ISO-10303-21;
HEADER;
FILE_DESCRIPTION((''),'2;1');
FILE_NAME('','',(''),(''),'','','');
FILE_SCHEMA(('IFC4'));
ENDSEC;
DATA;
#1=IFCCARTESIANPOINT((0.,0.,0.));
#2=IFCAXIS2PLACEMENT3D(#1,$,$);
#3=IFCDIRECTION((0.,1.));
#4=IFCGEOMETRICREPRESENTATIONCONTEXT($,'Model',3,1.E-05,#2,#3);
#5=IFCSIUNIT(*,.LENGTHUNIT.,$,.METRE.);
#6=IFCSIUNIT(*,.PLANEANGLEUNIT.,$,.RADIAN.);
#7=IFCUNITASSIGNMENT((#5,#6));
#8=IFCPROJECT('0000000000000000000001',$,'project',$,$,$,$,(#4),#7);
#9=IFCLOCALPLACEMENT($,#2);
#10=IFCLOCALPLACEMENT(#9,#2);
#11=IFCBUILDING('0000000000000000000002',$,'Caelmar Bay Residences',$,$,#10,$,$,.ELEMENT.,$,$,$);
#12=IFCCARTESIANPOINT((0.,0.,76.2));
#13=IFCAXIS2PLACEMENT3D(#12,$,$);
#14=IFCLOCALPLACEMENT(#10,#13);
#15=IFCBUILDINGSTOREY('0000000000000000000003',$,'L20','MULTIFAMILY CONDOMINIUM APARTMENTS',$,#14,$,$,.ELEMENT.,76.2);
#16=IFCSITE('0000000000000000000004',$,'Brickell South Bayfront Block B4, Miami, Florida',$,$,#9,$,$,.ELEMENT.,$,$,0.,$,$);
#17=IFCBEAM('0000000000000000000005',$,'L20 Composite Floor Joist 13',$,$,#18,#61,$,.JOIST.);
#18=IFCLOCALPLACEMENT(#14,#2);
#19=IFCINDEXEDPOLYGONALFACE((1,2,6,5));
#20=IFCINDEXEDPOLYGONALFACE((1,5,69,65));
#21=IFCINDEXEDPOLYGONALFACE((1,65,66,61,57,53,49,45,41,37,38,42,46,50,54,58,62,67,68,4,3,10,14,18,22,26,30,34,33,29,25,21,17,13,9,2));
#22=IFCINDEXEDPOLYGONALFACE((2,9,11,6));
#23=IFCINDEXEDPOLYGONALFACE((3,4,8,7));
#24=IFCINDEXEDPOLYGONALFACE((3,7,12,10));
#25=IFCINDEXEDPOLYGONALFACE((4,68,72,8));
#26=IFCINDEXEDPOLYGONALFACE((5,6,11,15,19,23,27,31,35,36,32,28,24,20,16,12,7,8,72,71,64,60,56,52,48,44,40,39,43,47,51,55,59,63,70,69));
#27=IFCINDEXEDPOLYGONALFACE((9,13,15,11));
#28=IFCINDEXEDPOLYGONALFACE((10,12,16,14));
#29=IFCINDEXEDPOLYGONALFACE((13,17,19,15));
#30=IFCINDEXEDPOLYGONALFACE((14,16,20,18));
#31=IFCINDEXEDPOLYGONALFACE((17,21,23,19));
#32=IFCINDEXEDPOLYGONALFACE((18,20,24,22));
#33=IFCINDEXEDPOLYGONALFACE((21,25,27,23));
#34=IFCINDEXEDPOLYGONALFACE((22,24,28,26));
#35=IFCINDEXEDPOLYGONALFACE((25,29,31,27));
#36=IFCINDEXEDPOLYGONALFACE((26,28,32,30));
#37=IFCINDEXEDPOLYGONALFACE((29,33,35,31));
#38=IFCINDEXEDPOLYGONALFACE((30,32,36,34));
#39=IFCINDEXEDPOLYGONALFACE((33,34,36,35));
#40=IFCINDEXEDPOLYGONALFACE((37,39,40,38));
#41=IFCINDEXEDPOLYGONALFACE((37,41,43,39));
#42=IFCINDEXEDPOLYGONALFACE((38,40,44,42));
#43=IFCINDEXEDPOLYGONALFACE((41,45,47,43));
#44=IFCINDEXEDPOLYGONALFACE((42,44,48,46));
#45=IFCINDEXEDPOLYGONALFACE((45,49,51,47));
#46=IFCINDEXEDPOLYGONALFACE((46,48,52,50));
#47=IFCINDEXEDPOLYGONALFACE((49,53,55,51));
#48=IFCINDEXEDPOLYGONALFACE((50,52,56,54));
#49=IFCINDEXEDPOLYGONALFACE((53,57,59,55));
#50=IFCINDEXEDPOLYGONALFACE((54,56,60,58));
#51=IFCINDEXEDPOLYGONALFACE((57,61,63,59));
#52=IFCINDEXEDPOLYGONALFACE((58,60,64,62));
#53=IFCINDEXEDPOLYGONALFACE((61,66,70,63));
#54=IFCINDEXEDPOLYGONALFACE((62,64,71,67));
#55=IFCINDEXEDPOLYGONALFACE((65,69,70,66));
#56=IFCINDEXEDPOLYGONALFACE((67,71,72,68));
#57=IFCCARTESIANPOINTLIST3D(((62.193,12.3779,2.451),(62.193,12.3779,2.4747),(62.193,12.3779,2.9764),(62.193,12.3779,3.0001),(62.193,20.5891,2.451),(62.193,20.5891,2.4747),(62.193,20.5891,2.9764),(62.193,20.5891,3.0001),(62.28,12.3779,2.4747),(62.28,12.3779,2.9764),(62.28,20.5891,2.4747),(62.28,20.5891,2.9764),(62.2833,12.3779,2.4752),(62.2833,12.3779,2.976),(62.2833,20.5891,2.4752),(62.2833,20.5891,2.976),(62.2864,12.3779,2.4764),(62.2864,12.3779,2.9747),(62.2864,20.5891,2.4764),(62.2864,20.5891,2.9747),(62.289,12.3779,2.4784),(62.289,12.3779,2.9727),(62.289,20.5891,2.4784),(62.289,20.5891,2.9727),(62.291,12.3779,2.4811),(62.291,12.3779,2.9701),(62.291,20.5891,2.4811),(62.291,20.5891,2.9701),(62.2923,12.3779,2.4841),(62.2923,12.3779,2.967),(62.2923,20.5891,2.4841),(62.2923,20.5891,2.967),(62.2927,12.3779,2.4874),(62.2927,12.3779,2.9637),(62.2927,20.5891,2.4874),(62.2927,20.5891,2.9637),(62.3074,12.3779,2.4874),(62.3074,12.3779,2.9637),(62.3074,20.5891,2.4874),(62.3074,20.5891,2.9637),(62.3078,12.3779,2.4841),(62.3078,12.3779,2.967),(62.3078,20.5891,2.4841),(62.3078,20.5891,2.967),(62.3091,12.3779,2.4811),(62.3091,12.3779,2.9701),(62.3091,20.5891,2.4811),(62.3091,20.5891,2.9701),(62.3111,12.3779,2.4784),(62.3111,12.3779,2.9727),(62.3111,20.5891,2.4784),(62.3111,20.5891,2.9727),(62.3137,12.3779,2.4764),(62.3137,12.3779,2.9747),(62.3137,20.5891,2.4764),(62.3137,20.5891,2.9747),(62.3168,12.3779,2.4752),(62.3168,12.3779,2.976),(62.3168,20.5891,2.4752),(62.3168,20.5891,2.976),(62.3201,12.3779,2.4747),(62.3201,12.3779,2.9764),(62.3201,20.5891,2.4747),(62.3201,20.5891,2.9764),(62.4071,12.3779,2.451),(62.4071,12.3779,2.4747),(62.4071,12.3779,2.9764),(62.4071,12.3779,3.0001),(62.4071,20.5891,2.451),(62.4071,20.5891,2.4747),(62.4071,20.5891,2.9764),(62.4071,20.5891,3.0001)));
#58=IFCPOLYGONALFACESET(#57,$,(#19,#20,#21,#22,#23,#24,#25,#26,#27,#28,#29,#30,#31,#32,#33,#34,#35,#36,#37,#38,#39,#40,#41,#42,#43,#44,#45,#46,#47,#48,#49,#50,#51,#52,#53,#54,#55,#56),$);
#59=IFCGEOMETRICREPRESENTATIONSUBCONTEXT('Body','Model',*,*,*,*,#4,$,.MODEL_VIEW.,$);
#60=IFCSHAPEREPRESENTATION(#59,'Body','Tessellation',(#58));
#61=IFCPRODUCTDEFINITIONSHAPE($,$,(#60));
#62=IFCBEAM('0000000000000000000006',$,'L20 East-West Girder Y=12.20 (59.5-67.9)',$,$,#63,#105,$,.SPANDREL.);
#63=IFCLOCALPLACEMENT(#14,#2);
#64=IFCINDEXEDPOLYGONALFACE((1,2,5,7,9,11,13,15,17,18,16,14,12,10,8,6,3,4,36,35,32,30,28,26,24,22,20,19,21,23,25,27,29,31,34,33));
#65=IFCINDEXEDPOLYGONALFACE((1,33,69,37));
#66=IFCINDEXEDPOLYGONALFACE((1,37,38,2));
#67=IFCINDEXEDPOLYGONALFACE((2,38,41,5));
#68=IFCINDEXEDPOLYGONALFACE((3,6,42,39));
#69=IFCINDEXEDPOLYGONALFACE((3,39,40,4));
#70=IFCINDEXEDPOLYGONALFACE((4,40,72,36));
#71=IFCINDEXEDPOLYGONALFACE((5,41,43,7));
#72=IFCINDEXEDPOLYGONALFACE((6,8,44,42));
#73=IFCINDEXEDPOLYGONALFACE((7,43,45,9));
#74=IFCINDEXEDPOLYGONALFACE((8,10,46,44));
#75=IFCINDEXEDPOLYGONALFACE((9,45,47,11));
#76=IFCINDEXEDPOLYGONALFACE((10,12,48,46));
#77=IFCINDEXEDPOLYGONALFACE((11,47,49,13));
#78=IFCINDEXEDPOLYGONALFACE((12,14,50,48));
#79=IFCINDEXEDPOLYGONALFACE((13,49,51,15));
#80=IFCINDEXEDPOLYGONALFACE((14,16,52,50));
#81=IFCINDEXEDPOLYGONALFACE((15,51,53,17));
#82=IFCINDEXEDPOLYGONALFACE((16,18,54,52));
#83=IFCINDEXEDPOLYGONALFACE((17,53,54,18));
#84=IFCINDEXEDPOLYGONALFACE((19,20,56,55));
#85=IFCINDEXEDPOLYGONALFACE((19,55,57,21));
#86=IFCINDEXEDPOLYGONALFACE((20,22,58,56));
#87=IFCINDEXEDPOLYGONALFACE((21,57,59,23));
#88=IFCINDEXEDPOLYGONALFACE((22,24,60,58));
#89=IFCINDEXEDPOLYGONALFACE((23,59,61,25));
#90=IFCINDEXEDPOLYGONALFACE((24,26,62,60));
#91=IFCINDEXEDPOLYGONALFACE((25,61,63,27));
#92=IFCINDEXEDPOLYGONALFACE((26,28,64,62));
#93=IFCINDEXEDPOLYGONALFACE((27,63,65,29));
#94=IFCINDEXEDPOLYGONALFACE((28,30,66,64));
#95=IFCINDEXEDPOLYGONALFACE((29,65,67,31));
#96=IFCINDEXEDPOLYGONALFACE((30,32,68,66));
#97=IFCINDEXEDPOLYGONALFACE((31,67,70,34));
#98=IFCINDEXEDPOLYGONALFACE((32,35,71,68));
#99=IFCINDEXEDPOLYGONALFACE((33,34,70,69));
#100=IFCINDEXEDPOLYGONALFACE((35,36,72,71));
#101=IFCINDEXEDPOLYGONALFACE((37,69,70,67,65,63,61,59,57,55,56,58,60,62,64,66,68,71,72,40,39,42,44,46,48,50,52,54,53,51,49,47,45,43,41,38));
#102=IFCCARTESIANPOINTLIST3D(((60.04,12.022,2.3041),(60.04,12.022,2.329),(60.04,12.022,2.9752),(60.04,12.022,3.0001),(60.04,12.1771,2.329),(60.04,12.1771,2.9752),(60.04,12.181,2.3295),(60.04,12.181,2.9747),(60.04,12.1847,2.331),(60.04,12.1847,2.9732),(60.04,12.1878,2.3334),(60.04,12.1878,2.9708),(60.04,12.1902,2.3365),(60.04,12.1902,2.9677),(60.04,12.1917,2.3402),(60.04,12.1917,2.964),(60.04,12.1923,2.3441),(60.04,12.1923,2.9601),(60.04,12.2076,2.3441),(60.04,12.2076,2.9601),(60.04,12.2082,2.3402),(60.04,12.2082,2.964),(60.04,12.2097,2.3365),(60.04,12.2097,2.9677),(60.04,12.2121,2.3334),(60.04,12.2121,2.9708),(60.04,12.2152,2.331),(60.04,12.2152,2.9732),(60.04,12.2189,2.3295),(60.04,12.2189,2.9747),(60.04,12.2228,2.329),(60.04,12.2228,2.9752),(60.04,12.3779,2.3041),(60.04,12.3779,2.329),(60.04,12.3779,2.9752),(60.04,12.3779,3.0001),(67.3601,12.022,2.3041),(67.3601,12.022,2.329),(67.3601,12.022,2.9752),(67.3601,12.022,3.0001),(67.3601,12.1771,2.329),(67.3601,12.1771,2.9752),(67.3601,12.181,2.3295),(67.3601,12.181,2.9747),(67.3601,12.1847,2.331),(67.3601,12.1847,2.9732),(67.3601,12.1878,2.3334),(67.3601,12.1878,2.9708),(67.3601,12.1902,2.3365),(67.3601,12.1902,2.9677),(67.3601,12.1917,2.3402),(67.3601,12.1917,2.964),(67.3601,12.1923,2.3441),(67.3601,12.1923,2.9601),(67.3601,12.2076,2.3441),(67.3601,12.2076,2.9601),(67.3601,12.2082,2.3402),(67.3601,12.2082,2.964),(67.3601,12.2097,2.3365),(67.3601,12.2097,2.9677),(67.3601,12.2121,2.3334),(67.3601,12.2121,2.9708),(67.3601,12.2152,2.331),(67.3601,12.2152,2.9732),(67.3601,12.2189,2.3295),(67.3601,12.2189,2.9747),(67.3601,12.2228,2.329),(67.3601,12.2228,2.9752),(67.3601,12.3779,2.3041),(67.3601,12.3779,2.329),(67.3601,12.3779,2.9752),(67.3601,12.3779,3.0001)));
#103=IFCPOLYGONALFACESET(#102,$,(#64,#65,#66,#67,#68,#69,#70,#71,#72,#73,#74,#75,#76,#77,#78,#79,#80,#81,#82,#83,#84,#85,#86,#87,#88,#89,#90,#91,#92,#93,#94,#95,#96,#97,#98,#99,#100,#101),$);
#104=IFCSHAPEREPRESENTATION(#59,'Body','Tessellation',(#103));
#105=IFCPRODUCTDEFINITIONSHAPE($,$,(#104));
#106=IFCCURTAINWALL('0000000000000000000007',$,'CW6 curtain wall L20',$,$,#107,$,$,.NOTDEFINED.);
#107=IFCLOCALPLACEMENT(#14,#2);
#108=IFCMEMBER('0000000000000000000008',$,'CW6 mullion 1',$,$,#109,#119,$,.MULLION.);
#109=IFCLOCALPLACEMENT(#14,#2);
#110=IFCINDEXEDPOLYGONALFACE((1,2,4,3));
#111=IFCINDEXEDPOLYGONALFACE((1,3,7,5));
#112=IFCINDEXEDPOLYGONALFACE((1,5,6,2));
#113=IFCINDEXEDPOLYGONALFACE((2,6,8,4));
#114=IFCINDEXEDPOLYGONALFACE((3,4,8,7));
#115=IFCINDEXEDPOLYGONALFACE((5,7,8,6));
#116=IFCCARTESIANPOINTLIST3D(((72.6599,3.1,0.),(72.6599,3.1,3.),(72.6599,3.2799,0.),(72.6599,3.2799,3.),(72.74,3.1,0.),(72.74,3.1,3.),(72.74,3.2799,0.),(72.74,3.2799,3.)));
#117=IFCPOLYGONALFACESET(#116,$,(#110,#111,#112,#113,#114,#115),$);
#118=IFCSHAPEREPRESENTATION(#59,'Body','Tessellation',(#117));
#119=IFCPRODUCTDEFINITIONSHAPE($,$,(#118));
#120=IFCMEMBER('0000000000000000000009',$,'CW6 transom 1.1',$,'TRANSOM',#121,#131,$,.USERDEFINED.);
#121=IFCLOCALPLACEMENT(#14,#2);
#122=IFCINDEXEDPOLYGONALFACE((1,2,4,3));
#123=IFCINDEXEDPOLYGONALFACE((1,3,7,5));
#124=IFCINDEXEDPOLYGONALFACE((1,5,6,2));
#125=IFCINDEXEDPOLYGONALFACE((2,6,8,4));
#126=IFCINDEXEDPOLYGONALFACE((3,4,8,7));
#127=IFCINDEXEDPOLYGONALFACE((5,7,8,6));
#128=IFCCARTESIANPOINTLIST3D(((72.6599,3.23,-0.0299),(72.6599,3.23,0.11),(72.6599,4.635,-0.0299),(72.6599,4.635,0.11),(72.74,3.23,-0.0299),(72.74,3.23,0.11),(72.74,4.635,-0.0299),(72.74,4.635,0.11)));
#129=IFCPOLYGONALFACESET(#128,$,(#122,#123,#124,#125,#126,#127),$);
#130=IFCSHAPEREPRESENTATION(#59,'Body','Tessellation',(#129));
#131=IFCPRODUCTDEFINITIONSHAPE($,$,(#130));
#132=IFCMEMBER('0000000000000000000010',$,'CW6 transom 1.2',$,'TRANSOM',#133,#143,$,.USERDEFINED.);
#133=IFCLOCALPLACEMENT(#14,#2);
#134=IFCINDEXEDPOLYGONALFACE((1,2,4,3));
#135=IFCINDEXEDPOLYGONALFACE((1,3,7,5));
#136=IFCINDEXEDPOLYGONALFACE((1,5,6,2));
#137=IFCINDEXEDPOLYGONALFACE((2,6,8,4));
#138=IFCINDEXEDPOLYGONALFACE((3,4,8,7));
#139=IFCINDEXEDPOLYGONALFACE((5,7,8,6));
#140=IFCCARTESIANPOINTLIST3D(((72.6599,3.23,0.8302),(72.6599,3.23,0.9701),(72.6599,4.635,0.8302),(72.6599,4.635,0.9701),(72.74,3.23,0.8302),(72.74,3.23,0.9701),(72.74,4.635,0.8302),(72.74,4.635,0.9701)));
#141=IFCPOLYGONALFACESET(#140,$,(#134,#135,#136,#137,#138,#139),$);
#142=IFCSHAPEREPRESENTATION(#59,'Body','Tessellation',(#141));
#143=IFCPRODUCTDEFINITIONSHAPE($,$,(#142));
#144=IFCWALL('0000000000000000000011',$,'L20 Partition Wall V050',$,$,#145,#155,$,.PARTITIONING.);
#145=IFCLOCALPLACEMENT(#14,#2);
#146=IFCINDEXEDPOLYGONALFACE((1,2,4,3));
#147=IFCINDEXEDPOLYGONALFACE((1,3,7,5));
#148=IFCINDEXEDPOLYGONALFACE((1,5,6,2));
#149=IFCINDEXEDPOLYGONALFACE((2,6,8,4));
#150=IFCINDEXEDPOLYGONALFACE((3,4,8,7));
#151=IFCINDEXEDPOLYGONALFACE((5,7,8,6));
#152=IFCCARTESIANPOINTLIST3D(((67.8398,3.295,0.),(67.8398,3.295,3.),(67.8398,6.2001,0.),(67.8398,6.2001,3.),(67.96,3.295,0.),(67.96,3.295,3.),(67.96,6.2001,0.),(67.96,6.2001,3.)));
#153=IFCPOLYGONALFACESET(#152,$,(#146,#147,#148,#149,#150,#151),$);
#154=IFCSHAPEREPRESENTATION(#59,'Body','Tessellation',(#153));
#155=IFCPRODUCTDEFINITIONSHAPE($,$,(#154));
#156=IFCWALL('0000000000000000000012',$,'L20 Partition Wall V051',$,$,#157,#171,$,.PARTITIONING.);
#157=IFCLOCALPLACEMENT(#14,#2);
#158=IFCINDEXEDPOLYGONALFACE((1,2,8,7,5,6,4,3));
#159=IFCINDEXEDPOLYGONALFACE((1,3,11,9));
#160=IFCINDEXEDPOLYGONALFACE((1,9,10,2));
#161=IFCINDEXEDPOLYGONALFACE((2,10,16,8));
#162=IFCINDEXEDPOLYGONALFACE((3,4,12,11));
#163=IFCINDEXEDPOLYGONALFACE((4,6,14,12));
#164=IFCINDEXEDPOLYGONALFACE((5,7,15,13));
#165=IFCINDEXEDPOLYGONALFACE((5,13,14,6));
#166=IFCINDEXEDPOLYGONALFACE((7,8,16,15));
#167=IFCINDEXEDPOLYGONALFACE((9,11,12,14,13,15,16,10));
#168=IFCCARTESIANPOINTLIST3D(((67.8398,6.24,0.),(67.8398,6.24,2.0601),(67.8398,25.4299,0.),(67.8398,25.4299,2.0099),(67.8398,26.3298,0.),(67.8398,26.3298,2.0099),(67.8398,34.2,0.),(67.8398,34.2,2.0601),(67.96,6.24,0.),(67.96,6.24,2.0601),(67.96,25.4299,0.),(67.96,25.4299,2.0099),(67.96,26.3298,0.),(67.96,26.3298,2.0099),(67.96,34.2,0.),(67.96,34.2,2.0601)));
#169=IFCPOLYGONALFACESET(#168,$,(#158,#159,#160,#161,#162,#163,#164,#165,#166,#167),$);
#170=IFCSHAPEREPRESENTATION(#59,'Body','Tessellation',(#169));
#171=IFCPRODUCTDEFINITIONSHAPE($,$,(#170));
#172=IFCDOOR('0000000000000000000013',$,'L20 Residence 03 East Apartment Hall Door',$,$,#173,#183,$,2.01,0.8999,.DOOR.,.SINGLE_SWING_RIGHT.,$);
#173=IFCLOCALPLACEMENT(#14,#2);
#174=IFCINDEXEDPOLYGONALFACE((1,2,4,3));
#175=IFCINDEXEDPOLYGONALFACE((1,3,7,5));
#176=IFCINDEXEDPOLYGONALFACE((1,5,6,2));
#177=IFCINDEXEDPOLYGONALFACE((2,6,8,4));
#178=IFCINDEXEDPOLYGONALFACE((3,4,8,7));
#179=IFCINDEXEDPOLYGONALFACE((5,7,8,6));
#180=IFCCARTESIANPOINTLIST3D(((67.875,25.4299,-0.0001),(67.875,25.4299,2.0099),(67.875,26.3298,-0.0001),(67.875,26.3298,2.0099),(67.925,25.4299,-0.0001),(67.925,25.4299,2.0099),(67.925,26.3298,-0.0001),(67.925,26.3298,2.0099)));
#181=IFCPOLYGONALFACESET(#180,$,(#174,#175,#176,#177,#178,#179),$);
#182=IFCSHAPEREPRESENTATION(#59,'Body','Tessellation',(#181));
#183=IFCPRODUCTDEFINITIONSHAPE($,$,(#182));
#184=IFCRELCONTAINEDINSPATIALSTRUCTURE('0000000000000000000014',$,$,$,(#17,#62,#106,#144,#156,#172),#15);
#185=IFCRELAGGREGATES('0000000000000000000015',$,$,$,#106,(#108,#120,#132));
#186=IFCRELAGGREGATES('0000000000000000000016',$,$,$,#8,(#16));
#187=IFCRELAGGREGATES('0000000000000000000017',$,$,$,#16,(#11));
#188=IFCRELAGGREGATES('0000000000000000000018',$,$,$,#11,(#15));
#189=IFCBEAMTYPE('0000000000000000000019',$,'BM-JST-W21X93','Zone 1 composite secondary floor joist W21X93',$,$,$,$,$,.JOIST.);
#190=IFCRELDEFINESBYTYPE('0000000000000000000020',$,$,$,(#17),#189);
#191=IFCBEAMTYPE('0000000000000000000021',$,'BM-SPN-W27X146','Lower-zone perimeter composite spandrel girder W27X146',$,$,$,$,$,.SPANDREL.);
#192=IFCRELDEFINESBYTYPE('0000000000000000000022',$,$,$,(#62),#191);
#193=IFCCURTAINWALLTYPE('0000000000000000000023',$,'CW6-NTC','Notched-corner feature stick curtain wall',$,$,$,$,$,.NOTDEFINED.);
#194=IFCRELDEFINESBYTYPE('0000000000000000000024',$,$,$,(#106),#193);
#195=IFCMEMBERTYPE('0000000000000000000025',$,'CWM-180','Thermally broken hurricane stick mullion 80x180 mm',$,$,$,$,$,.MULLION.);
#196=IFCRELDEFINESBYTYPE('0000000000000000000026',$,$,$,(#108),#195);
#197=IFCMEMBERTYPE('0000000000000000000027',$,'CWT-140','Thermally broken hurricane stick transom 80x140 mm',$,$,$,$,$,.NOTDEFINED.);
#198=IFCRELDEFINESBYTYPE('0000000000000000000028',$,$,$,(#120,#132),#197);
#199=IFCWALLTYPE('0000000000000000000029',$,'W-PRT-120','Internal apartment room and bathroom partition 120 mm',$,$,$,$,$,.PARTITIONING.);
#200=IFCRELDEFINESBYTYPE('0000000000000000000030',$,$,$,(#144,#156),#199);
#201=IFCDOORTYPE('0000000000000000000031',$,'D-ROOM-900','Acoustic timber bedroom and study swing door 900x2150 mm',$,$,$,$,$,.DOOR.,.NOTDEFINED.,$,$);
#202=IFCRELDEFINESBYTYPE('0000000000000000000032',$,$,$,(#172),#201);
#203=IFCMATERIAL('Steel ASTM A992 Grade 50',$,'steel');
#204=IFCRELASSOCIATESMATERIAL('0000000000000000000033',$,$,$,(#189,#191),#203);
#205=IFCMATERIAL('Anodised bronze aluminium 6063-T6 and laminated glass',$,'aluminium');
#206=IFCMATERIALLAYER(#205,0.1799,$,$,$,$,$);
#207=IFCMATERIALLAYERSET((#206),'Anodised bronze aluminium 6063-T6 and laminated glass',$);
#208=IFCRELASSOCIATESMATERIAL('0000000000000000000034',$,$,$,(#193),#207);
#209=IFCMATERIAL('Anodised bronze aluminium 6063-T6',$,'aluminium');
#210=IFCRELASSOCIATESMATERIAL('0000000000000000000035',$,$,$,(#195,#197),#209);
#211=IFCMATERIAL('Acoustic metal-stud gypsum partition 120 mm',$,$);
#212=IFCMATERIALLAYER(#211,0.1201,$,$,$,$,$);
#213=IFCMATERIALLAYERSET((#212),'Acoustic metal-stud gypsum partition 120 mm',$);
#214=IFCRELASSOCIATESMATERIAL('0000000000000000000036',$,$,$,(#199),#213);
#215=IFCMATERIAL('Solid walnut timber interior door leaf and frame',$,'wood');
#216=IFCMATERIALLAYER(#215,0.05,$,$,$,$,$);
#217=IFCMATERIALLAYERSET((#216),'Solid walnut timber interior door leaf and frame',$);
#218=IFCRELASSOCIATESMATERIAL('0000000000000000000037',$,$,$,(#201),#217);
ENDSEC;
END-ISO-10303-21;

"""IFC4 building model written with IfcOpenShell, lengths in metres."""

from ifc_helpers import new_model, si_unit, direction, frame, frame_2d, origin, origin_2d, place, context, subcontext, project, spatial, rectangle, i_section, extrude, material, layer, layer_set, material_profile, profile_set, type_object, element, fill, aggregate, save


model = new_model("IFC4")

# Units and contexts
model_context = context("Model", 3, precision=1e-05, world=origin(), true_north=direction((0.0, 1.0)))
body_context = subcontext(model_context, "Body", "Model", "MODEL_VIEW")
ifc_project = project(units=[si_unit("LENGTHUNIT", "METRE"), si_unit("PLANEANGLEUNIT", "RADIAN")], contexts=[model_context])

# Site, building, storey
site_placement = place(None, origin())
site = spatial("IfcSite", under=ifc_project, at=site_placement, Name="Brickell South Bayfront Block B4, Miami, Florida", CompositionType="ELEMENT", RefElevation=0.0)
building_placement = place(site_placement, origin())
building = spatial("IfcBuilding", under=site, at=building_placement, Name="Caelmar Bay Residences", CompositionType="ELEMENT")
storey_placement = place(building_placement, frame((0.0, 0.0, 76.2)))
storey = spatial("IfcBuildingStorey", under=building, at=storey_placement, Name="L20", Description="MULTIFAMILY CONDOMINIUM APARTMENTS", CompositionType="ELEMENT", Elevation=76.2)

# Beams
ifc_material_1 = material(Name="Steel ASTM A992 Grade 50", Category="steel")
ifc_material_profile_1 = material_profile(ifc_material_1, i_section(OverallWidth=0.2141, OverallDepth=0.5491, WebThickness=0.0146, FlangeThickness=0.0237, FilletRadius=0.0127, at=origin_2d()), Name="W21X93")
ifc_profile_set_1 = profile_set([ifc_material_profile_1], Name="Steel ASTM A992 Grade 50")
beam_type_1 = type_object("IfcBeamType", Name="BM-JST-W21X93", Description="Zone 1 composite secondary floor joist W21X93", PredefinedType="JOIST", material=ifc_profile_set_1)
beam_1_placement = place(storey_placement, frame((62.3, 12.3779, 2.7256), z_axis=(0.0, 1.0, 0.0), x_axis=(-1.0, 0.0, 0.0)))
element("IfcBeam", 1, at=beam_1_placement, inside=storey, type_object=beam_type_1, Name="L20 Composite Floor Joist 13", PredefinedType="JOIST", context=body_context, shape_type="SweptSolid", body=[
    extrude(i_section(OverallWidth=0.2141, OverallDepth=0.5491, WebThickness=0.0146, FlangeThickness=0.0237, FilletRadius=0.0127, at=origin_2d()), origin(), (0.0, 0.0, 1.0), 8.2112),
])
ifc_material_profile_2 = material_profile(ifc_material_1, i_section(OverallWidth=0.356, OverallDepth=0.696, WebThickness=0.0154, FlangeThickness=0.0249, FilletRadius=0.0151, at=origin_2d()), Name="W27X146")
ifc_profile_set_2 = profile_set([ifc_material_profile_2], Name="Steel ASTM A992 Grade 50")
beam_type_2 = type_object("IfcBeamType", Name="BM-SPN-W27X146", Description="Lower-zone perimeter composite spandrel girder W27X146", PredefinedType="SPANDREL", material=ifc_profile_set_2)
beam_2_placement = place(storey_placement, frame((60.04, 12.2, 2.6521), z_axis=(1.0, 0.0, 0.0), x_axis=(0.0, 1.0, 0.0)))
element("IfcBeam", 2, at=beam_2_placement, inside=storey, type_object=beam_type_2, Name="L20 East-West Girder Y=12.20 (59.5-67.9)", PredefinedType="SPANDREL", context=body_context, shape_type="SweptSolid", body=[
    extrude(i_section(OverallWidth=0.356, OverallDepth=0.696, WebThickness=0.0154, FlangeThickness=0.0249, FilletRadius=0.0151, at=origin_2d()), origin(), (0.0, 0.0, 1.0), 7.3201),
])

# Curtain wall, members
ifc_material_2 = material(Name="Anodised bronze aluminium 6063-T6 and laminated glass", Category="aluminium")
ifc_layer_1 = layer(ifc_material_2, 0.1799)
ifc_layer_set_1 = layer_set([ifc_layer_1], Name="Anodised bronze aluminium 6063-T6 and laminated glass")
curtain_wall_type = type_object("IfcCurtainWallType", Name="CW6-NTC", Description="Notched-corner feature stick curtain wall", PredefinedType="NOTDEFINED", material=ifc_layer_set_1)
curtain_wall_placement = place(storey_placement, origin())
curtain_wall = element("IfcCurtainWall", 3, at=curtain_wall_placement, inside=storey, type_object=curtain_wall_type, Name="CW6 curtain wall L20", PredefinedType="NOTDEFINED")
ifc_material_3 = material(Name="Anodised bronze aluminium 6063-T6", Category="aluminium")
ifc_material_profile_3 = material_profile(ifc_material_3, rectangle(XDim=0.0801, YDim=0.1799, at=origin_2d()), Name="CWM-80X180")
ifc_profile_set_3 = profile_set([ifc_material_profile_3], Name="Anodised bronze aluminium 6063-T6")
member_type_1 = type_object("IfcMemberType", Name="CWM-180", Description="Thermally broken hurricane stick mullion 80x180 mm", PredefinedType="MULLION", material=ifc_profile_set_3)
member_1_placement = place(storey_placement, frame((72.7, 3.1899, 0.0), z_axis=(0.0, 0.0, 1.0), x_axis=(-1.0, 0.0, 0.0)))
member_1 = element("IfcMember", 4, at=member_1_placement, type_object=member_type_1, Name="CW6 mullion 1", PredefinedType="MULLION", context=body_context, shape_type="SweptSolid", body=[
    extrude(rectangle(XDim=0.0801, YDim=0.1799, at=origin_2d()), origin(), (0.0, 0.0, 1.0), 3.0),
])
ifc_material_profile_4 = material_profile(ifc_material_3, rectangle(XDim=0.0801, YDim=0.1399, at=origin_2d()), Name="CWT-80X140")
ifc_profile_set_4 = profile_set([ifc_material_profile_4], Name="Anodised bronze aluminium 6063-T6")
member_type_2 = type_object("IfcMemberType", Name="CWT-140", Description="Thermally broken hurricane stick transom 80x140 mm", PredefinedType="NOTDEFINED", material=ifc_profile_set_4)
member_2_placement = place(storey_placement, frame((72.7, 3.23, 0.04), z_axis=(0.0, 1.0, 0.0), x_axis=(-1.0, 0.0, 0.0)))
member_2 = element("IfcMember", 5, at=member_2_placement, type_object=member_type_2, Name="CW6 transom 1.1", ObjectType="TRANSOM", PredefinedType="USERDEFINED", context=body_context, shape_type="SweptSolid", body=[
    extrude(rectangle(XDim=0.0801, YDim=0.1399, at=origin_2d()), origin(), (0.0, 0.0, 1.0), 1.405),
])
member_3_placement = place(storey_placement, frame((72.7, 3.23, 0.9001), z_axis=(0.0, 1.0, 0.0), x_axis=(-1.0, 0.0, 0.0)))
member_3 = element("IfcMember", 6, at=member_3_placement, type_object=member_type_2, Name="CW6 transom 1.2", ObjectType="TRANSOM", PredefinedType="USERDEFINED", context=body_context, shape_type="SweptSolid", body=[
    extrude(rectangle(XDim=0.0801, YDim=0.1399, at=origin_2d()), origin(), (0.0, 0.0, 1.0), 1.405),
])
aggregate(curtain_wall, [member_1, member_2, member_3])

# Wall
ifc_material_4 = material(Name="Acoustic metal-stud gypsum partition 120 mm")
ifc_layer_2 = layer(ifc_material_4, 0.1201)
ifc_layer_set_2 = layer_set([ifc_layer_2], Name="Acoustic metal-stud gypsum partition 120 mm")
wall_type_1 = type_object("IfcWallType", Name="W-PRT-120", Description="Internal apartment room and bathroom partition 120 mm", PredefinedType="PARTITIONING", material=ifc_layer_set_2)
wall_1_placement = place(storey_placement, frame((67.8999, 3.2949, 0.0), z_axis=(0.0, 0.0, 1.0), x_axis=(0.0, 1.0, 0.0)))
element("IfcWall", 7, at=wall_1_placement, inside=storey, type_object=wall_type_1, Name="L20 Partition Wall V050", PredefinedType="PARTITIONING", context=body_context, shape_type="SweptSolid", body=[
    extrude(rectangle(XDim=2.905, YDim=0.1201, at=frame_2d((1.4526, 0.0))), origin(), (0.0, 0.0, 1.0), 3.0),
])

# Wall, opening, door
wall_2_placement = place(storey_placement, frame((67.8999, 6.24, 0.0), z_axis=(0.0, 0.0, 1.0), x_axis=(0.0, 1.0, 0.0)))
wall_2 = element("IfcWall", 8, at=wall_2_placement, inside=storey, type_object=wall_type_1, Name="L20 Partition Wall V051", PredefinedType="PARTITIONING", context=body_context, shape_type="SweptSolid", body=[
    extrude(rectangle(XDim=27.96, YDim=0.1201, at=frame_2d((13.98, 0.0))), origin(), (0.0, 0.0, 1.0), 2.0601),
])
opening_1_placement = place(wall_2_placement, frame((19.1899, 0.0, 0.0)))
opening_1 = element("IfcOpeningElement", 9, at=opening_1_placement, cuts=wall_2, PredefinedType="OPENING", context=body_context, shape_type="SweptSolid", body=[
    extrude(rectangle(XDim=0.8999, YDim=2.01, at=frame_2d((0.45, 1.0049))), frame((0.0, 0.0701, 0.0), z_axis=(0.0, -1.0, 0.0), x_axis=(1.0, 0.0, 0.0)), (0.0, 0.0, 1.0), 0.1401),
])
ifc_material_5 = material(Name="Solid walnut timber interior door leaf and frame", Category="wood")
ifc_layer_3 = layer(ifc_material_5, 0.05)
ifc_layer_set_3 = layer_set([ifc_layer_3], Name="Solid walnut timber interior door leaf and frame")
door_type_1 = type_object("IfcDoorType", Name="D-ROOM-900", Description="Acoustic timber bedroom and study swing door 900x2150 mm", OperationType="NOTDEFINED", PredefinedType="DOOR", material=ifc_layer_set_3)
door_1_placement = place(opening_1_placement, origin())
door_1 = element("IfcDoor", 10, at=door_1_placement, inside=storey, type_object=door_type_1, Name="L20 Residence 03 East Apartment Hall Door", OperationType="SINGLE_SWING_RIGHT", OverallHeight=2.01, OverallWidth=0.8999, PredefinedType="DOOR", context=body_context, shape_type="SweptSolid", body=[
    extrude(rectangle(XDim=0.8999, YDim=2.01, at=frame_2d((0.45, 1.0049))), frame((0.0, 0.0249, 0.0), z_axis=(0.0, -1.0, 0.0), x_axis=(1.0, 0.0, 0.0)), (0.0, 0.0, 1.0), 0.05),
])
fill(opening_1, door_1)

save(model, "model.ifc")
